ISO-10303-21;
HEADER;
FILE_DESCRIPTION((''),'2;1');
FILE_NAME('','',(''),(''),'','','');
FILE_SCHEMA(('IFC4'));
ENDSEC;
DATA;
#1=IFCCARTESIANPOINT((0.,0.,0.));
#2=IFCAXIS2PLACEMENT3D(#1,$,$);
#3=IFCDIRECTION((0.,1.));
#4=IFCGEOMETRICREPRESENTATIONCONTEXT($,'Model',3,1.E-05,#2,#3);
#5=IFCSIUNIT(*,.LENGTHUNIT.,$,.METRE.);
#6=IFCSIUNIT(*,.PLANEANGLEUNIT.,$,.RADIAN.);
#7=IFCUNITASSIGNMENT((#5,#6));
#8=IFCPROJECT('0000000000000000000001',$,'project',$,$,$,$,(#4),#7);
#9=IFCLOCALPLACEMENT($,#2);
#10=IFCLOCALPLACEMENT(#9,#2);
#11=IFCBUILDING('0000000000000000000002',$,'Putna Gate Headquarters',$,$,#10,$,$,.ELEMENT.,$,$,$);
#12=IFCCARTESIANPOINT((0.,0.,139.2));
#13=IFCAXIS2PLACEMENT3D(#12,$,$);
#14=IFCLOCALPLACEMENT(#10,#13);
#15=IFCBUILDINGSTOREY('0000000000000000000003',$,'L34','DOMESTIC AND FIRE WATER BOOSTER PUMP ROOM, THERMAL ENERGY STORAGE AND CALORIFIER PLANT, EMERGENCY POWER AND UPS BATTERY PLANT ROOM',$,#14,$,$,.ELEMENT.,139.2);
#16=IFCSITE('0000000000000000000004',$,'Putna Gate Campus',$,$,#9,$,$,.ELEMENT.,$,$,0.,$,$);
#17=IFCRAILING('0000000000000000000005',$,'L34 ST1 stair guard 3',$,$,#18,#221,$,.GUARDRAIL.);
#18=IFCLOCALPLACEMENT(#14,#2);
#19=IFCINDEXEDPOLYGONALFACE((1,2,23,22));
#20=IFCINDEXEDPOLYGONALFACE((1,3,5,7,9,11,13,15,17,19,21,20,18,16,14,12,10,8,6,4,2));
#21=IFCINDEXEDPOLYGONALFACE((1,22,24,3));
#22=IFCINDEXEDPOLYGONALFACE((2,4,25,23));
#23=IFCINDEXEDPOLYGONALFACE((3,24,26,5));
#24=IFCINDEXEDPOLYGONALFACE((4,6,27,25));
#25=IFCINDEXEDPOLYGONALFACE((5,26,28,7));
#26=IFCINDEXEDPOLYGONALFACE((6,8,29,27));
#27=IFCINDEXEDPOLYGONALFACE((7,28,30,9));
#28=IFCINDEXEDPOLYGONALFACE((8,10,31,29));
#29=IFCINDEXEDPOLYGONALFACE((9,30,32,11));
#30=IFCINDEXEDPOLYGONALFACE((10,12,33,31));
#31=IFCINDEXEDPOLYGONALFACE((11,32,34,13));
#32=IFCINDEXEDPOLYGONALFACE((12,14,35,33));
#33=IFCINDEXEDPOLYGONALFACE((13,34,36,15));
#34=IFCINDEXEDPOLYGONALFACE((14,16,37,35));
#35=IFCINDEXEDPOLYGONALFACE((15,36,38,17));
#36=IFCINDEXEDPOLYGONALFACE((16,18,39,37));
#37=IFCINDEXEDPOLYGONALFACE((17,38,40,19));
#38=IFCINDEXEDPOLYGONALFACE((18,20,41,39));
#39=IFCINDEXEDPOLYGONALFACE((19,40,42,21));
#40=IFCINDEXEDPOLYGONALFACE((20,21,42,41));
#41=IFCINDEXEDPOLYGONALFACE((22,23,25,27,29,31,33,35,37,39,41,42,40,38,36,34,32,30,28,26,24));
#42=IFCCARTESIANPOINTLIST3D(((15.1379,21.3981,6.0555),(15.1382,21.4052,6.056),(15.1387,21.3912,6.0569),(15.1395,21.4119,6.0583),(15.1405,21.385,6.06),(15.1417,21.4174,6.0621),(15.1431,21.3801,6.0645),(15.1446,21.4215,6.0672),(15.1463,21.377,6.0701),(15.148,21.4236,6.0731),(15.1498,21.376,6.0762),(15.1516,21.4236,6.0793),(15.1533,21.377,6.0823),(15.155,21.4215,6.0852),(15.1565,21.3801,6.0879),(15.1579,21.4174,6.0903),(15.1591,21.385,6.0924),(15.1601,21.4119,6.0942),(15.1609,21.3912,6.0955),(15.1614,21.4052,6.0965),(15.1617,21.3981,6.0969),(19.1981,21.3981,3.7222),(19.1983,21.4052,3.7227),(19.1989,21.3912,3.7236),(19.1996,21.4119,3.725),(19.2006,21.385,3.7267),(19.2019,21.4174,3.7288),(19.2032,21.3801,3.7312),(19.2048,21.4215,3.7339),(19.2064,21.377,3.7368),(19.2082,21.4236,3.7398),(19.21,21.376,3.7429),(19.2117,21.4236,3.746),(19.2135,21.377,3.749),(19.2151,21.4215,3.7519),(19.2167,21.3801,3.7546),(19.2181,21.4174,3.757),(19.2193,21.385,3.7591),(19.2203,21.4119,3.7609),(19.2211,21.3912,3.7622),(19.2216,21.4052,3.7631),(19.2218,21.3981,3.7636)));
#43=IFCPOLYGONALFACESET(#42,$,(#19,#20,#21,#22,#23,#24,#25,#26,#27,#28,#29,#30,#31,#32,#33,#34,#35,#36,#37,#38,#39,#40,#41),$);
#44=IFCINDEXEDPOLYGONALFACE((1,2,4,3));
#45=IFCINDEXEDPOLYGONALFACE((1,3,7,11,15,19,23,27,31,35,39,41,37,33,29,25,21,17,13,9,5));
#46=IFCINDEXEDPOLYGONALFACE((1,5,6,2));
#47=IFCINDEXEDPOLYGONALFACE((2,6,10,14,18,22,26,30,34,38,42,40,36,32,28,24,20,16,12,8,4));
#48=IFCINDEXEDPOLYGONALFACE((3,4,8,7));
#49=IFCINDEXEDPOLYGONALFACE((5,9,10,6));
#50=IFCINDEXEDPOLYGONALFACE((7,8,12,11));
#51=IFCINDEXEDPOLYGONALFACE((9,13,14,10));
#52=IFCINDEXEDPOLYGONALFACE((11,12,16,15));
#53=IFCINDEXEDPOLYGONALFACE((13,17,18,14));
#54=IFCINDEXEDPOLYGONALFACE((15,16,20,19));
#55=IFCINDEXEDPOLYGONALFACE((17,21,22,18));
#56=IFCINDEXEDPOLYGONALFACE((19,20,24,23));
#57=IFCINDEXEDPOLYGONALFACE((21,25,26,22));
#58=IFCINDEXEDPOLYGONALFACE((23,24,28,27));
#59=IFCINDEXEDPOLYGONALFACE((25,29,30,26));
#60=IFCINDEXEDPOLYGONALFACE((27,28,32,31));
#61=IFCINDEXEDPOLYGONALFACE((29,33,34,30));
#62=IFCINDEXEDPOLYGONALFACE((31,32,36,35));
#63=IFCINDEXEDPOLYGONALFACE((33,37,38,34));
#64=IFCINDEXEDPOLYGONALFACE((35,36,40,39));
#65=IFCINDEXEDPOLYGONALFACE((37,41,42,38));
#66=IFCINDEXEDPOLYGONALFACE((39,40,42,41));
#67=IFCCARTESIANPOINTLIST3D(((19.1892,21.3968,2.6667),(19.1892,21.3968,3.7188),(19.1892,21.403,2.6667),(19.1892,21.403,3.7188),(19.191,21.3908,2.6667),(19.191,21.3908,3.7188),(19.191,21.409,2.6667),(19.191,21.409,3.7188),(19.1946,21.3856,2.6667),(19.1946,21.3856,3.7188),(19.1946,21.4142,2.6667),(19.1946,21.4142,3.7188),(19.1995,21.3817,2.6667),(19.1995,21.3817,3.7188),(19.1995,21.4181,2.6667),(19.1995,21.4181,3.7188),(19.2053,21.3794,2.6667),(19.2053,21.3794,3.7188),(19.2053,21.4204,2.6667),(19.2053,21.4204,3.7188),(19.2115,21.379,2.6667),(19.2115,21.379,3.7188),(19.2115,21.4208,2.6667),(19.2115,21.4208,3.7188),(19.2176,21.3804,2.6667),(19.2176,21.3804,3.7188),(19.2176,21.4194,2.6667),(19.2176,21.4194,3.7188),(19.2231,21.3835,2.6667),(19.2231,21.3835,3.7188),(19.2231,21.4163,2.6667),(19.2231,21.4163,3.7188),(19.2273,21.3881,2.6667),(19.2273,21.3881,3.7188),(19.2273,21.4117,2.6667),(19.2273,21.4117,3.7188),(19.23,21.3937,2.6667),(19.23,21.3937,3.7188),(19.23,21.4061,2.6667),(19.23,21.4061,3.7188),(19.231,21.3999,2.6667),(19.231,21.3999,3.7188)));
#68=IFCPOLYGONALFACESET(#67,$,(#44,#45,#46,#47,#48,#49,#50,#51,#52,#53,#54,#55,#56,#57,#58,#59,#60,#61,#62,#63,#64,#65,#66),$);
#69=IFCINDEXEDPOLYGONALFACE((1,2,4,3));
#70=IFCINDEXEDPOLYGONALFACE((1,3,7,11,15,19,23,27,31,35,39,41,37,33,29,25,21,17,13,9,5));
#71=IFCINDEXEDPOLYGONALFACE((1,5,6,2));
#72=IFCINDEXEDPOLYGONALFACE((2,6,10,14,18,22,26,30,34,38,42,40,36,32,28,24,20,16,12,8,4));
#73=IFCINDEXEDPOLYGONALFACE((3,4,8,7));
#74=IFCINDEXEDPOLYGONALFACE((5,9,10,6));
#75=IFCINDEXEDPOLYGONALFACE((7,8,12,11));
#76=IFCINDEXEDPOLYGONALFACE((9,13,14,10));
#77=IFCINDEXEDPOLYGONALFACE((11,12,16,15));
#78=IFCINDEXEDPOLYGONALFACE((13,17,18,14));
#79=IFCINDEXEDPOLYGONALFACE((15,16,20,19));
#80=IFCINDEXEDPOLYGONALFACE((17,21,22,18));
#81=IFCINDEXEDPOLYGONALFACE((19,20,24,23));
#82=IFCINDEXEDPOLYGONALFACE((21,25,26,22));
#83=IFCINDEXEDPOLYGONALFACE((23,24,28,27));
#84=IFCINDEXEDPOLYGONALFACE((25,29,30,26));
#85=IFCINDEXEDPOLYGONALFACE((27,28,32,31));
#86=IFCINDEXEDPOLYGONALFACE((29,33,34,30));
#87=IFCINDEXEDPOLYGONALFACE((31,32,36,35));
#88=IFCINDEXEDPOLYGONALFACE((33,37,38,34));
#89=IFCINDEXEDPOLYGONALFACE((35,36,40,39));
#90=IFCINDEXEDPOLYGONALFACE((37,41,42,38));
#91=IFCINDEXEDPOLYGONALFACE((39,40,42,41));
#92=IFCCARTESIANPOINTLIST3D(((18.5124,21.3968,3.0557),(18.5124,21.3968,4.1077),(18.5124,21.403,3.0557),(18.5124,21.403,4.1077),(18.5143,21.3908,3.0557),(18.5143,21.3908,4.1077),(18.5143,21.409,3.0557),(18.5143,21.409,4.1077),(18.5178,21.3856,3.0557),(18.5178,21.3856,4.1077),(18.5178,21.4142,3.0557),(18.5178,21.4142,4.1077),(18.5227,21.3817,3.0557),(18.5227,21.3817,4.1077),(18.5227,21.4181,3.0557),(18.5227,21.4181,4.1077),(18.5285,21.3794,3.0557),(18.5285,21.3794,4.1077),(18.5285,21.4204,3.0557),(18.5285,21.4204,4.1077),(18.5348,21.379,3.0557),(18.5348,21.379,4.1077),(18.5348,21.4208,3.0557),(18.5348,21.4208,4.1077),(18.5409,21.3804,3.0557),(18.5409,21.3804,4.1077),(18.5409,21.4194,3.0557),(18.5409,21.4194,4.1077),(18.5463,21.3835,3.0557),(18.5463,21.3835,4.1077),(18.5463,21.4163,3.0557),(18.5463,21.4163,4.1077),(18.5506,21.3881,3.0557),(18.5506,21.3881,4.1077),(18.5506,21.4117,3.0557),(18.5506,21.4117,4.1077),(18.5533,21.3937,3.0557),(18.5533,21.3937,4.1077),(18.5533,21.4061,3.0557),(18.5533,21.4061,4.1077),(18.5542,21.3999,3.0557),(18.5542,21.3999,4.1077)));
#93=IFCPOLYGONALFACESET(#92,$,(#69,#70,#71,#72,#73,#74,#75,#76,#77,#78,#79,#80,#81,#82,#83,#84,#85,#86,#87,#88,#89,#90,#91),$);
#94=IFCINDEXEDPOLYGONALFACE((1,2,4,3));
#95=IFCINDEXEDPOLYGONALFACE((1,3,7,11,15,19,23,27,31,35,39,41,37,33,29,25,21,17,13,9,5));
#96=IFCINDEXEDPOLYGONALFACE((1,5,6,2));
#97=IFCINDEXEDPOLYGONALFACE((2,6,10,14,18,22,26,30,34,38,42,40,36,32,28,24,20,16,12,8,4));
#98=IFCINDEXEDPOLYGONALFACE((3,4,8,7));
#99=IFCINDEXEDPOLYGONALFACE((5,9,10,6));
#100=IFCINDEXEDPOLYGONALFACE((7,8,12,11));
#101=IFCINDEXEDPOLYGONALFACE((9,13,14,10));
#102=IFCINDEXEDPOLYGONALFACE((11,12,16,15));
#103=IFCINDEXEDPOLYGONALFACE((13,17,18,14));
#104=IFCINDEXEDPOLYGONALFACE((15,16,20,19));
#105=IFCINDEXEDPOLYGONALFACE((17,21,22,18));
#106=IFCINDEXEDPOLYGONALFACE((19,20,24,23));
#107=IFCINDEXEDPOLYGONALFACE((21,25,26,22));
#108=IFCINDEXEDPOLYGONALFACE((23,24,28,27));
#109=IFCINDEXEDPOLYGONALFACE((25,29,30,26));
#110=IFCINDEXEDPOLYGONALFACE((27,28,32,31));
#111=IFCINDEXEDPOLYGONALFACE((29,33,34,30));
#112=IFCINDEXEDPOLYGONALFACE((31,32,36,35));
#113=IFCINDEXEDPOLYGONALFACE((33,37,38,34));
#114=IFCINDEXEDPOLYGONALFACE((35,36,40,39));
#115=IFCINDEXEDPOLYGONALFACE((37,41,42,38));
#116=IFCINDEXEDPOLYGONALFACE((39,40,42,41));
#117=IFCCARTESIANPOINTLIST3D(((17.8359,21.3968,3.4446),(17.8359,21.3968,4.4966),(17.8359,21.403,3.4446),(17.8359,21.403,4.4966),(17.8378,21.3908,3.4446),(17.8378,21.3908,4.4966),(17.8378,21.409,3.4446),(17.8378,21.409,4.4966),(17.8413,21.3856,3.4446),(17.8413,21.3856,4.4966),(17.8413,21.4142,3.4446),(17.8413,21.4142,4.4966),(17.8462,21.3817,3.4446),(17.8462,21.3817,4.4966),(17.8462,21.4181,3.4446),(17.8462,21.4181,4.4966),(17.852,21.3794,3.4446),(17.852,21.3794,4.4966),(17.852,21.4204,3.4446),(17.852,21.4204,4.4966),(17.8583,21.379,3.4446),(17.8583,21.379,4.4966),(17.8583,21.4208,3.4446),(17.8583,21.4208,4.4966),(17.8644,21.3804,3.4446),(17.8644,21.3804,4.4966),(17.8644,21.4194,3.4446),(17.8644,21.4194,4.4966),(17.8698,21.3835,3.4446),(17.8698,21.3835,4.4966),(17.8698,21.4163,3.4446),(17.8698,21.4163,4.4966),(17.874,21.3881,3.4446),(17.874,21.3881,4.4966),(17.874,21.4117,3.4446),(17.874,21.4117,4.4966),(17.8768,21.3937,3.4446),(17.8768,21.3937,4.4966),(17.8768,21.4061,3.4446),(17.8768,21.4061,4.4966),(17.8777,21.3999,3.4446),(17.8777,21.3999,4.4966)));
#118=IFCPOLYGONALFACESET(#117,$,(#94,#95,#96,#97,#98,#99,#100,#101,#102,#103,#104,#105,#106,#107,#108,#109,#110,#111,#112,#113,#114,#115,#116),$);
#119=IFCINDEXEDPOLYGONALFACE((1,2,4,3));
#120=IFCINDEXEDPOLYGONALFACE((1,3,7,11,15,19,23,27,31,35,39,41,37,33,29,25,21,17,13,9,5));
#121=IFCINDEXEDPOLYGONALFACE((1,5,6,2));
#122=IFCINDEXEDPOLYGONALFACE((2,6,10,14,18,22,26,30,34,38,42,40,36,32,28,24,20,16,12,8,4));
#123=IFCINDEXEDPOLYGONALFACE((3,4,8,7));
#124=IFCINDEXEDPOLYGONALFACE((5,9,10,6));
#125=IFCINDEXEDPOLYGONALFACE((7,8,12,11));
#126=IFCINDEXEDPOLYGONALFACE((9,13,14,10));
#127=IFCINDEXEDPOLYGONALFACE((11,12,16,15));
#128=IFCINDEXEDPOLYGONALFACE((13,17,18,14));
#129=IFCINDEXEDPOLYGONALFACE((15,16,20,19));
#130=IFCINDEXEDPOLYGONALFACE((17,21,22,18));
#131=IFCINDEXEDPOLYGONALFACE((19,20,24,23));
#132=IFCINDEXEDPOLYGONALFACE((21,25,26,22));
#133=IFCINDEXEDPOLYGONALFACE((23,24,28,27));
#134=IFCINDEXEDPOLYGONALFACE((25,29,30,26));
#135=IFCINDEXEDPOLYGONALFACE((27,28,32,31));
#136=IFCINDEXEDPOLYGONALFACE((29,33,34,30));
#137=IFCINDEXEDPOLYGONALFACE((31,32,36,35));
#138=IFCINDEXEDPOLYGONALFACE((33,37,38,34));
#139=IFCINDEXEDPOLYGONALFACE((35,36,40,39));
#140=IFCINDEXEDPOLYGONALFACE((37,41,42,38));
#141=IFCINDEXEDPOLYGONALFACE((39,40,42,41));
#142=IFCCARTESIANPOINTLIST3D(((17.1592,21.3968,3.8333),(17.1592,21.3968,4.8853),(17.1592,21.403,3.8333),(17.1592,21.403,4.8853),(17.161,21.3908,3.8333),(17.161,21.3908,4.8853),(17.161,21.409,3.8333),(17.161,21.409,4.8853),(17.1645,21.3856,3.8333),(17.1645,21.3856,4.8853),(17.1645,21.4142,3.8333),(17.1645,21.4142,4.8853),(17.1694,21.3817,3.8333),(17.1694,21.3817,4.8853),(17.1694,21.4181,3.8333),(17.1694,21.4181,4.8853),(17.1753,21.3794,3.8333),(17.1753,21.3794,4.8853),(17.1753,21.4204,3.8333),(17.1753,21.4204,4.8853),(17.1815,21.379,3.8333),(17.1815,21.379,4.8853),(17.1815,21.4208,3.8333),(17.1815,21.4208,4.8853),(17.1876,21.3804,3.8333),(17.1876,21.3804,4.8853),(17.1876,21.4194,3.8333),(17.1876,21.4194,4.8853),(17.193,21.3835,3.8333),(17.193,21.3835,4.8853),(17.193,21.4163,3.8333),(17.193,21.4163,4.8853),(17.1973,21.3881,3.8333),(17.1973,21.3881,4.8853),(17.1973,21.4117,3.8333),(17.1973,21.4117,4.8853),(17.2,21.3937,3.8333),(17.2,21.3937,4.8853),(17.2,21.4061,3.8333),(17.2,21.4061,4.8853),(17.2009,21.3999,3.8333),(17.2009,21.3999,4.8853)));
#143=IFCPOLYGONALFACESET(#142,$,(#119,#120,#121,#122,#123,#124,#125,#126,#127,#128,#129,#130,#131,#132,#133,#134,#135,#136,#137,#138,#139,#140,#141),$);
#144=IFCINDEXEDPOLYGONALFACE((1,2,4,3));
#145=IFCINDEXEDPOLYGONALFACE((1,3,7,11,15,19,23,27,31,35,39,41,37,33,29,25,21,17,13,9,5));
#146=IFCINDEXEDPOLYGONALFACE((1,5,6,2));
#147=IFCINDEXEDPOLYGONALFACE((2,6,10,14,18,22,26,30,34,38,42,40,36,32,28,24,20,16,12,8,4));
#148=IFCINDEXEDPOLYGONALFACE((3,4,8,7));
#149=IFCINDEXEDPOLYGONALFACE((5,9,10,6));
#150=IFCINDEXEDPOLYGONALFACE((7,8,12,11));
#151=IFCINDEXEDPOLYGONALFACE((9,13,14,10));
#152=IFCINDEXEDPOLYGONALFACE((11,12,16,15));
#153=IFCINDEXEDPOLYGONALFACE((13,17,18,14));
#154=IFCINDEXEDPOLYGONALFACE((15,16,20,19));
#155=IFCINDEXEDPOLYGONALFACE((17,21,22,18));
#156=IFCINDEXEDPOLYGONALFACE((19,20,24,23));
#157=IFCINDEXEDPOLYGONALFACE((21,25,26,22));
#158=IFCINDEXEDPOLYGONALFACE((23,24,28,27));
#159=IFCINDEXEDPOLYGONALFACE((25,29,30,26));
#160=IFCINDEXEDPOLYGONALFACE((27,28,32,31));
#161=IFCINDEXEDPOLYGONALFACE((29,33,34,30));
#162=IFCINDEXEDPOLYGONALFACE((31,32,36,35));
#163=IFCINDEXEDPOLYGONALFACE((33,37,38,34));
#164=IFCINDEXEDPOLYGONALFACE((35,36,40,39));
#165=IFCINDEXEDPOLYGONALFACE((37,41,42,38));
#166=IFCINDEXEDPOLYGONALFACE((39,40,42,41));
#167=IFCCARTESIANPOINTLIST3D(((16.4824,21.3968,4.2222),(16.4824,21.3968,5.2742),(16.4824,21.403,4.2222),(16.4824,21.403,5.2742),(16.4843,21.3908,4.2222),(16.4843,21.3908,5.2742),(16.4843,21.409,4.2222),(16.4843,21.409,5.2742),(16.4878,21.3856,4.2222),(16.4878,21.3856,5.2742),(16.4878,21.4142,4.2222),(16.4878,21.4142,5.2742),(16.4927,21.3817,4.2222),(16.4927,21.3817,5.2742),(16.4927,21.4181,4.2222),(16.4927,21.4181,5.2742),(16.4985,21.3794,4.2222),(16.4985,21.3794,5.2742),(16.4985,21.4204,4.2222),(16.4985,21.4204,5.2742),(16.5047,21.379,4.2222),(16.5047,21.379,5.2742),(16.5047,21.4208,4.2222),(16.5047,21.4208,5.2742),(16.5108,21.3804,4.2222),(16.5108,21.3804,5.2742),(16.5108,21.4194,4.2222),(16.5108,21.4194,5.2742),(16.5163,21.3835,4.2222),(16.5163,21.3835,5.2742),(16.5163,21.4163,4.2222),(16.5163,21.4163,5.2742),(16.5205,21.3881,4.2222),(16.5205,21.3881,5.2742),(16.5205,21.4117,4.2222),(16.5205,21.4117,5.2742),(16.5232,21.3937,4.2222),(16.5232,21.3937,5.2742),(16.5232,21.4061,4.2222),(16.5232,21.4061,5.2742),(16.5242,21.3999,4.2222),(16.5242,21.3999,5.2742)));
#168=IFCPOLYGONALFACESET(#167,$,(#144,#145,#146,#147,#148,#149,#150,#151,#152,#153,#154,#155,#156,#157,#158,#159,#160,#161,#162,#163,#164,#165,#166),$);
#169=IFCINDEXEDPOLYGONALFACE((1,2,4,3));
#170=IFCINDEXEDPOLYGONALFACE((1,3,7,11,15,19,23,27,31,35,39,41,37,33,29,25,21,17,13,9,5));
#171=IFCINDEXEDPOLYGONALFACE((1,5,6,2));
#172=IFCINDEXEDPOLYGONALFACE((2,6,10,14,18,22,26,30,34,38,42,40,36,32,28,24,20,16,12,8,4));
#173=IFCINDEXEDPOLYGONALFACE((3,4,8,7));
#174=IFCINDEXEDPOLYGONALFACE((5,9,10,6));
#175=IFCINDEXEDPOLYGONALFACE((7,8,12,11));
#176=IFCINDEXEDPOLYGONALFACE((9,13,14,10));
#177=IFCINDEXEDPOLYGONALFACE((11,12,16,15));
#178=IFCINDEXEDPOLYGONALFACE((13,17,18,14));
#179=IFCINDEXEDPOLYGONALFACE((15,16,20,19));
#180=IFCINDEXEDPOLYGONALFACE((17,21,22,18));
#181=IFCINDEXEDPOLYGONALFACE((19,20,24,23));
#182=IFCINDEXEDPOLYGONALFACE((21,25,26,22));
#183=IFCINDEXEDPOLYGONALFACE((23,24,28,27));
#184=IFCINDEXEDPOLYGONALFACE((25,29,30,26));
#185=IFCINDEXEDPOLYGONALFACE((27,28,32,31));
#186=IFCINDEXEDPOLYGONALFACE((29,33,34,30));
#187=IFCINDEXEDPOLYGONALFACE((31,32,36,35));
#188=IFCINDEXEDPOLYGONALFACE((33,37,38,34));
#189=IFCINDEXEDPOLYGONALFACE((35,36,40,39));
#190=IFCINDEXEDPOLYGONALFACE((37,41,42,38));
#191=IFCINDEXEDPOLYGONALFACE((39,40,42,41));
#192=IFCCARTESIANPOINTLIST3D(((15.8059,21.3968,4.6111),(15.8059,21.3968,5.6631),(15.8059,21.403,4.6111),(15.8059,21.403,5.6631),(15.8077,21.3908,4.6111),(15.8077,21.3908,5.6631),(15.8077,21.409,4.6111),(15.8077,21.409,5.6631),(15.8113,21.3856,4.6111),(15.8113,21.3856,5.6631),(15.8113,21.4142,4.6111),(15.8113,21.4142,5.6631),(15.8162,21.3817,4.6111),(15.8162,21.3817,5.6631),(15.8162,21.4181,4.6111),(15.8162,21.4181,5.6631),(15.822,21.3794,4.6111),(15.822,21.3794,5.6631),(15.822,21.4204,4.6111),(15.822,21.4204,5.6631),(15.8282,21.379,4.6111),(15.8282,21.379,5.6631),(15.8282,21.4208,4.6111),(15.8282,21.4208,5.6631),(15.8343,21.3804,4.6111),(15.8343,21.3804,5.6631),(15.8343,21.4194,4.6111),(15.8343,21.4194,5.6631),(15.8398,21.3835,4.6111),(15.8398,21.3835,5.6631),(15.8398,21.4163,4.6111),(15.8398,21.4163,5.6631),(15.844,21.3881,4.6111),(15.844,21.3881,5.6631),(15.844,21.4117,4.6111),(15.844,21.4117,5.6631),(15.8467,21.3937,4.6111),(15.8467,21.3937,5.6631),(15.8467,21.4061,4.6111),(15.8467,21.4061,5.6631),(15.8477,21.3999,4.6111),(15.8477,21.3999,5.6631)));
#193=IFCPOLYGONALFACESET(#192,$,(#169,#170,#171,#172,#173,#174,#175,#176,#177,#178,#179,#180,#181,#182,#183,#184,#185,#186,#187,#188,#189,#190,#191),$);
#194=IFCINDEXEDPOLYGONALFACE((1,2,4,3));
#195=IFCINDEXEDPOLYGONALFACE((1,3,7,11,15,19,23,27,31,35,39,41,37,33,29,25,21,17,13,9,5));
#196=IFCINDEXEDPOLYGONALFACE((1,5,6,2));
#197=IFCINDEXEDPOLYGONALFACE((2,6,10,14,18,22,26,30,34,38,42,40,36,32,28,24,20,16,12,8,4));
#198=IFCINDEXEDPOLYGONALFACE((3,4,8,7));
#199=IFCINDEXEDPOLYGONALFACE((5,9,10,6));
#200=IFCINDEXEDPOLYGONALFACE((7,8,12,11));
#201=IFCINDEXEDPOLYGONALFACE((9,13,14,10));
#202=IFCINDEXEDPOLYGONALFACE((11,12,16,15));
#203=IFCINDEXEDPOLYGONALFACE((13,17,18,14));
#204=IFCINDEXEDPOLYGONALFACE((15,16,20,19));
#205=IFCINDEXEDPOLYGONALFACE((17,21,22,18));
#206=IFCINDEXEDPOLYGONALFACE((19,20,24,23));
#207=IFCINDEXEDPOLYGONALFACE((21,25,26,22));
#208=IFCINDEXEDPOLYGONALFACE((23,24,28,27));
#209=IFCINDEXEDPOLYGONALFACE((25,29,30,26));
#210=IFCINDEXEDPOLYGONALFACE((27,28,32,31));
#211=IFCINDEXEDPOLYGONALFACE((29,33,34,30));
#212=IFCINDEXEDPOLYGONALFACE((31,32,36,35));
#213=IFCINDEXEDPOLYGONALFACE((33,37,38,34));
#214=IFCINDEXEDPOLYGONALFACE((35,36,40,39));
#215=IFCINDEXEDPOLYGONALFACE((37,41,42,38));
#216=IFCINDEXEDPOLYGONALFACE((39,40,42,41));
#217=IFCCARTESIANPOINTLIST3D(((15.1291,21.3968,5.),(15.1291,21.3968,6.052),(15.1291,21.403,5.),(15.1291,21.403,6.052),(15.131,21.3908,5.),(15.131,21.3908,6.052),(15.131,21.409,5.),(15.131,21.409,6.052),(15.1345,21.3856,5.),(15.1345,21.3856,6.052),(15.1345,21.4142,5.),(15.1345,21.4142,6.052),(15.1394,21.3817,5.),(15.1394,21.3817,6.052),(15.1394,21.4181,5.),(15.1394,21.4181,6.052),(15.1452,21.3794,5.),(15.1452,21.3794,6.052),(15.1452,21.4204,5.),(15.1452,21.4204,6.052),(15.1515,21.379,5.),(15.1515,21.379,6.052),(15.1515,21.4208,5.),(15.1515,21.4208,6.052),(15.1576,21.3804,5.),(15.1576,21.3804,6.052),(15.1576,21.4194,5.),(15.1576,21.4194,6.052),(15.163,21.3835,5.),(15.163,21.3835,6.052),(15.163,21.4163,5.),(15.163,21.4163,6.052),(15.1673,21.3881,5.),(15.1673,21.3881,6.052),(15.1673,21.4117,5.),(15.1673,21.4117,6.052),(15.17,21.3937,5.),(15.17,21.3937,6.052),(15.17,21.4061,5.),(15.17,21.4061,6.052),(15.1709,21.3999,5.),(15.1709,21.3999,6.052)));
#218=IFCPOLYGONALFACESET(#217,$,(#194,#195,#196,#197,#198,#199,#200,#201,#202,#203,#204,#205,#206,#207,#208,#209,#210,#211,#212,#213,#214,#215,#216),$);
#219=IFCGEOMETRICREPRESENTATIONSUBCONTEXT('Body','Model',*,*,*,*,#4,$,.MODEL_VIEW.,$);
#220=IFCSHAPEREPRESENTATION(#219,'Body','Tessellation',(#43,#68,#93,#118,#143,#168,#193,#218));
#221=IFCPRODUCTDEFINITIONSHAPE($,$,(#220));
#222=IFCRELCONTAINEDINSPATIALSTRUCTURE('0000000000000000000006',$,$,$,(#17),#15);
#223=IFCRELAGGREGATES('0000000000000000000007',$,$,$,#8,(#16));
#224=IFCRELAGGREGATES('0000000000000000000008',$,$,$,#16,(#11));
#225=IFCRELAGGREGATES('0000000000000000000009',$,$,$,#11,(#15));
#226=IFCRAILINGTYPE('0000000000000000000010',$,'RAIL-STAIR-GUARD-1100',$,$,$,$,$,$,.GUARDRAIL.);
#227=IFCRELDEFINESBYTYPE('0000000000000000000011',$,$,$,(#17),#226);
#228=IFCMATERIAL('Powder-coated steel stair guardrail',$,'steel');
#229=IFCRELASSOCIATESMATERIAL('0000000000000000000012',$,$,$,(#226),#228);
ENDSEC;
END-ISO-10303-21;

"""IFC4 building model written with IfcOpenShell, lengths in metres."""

from ifc_helpers import new_model, si_unit, direction, frame, origin, origin_2d, place, context, subcontext, project, spatial, circle, extrude, material, type_object, element, save


model = new_model("IFC4")

# Units and contexts
model_context = context("Model", 3, precision=1e-05, world=origin(), true_north=direction((0.0, 1.0)))
body_context = subcontext(model_context, "Body", "Model", "MODEL_VIEW")
ifc_project = project(units=[si_unit("LENGTHUNIT", "METRE"), si_unit("PLANEANGLEUNIT", "RADIAN")], contexts=[model_context])

# Site, building, storey
site_placement = place(None, origin())
site = spatial("IfcSite", under=ifc_project, at=site_placement, Name="Putna Gate Campus", CompositionType="ELEMENT", RefElevation=0.0)
building_placement = place(site_placement, origin())
building = spatial("IfcBuilding", under=site, at=building_placement, Name="Putna Gate Headquarters", CompositionType="ELEMENT")
storey_placement = place(building_placement, frame((0.0, 0.0, 139.2)))
storey = spatial("IfcBuildingStorey", under=building, at=storey_placement, Name="L34", Description="DOMESTIC AND FIRE WATER BOOSTER PUMP ROOM, THERMAL ENERGY STORAGE AND CALORIFIER PLANT, EMERGENCY POWER AND UPS BATTERY PLANT ROOM", CompositionType="ELEMENT", Elevation=139.2)

# Railing
ifc_material_1 = material(Name="Powder-coated steel stair guardrail", Category="steel")
railing_type_1 = type_object("IfcRailingType", Name="RAIL-STAIR-GUARD-1100", PredefinedType="GUARDRAIL", material=ifc_material_1)
railing_1_placement = place(storey_placement, frame((19.21, 21.3999, 2.6667)))
element("IfcRailing", 1, at=railing_1_placement, inside=storey, type_object=railing_type_1, Name="L34 ST1 stair guard 3", PredefinedType="GUARDRAIL", context=body_context, shape_type="SweptSolid", body=[
    extrude(circle(Radius=0.0239, at=origin_2d()), frame((0.0, 0.0, 1.0762), z_axis=(-0.867025, 0.0, 0.498265), x_axis=(0.0, -1.0, 0.0)), (0.0, 0.0, 1.0), 4.6829),
    extrude(circle(Radius=0.021, at=origin_2d()), origin(), (0.0, 0.0, 1.0), 1.052),
    extrude(circle(Radius=0.021, at=origin_2d()), frame((-0.6768, 0.0, 0.3889)), (0.0, 0.0, 1.0), 1.052),
    extrude(circle(Radius=0.021, at=origin_2d()), frame((-1.3533, 0.0, 0.7778)), (0.0, 0.0, 1.0), 1.052),
    extrude(circle(Radius=0.021, at=origin_2d()), frame((-2.03, 0.0, 1.1665)), (0.0, 0.0, 1.0), 1.052),
    extrude(circle(Radius=0.021, at=origin_2d()), frame((-2.7068, 0.0, 1.5554)), (0.0, 0.0, 1.0), 1.052),
    extrude(circle(Radius=0.021, at=origin_2d()), frame((-3.3833, 0.0, 1.9443)), (0.0, 0.0, 1.0), 1.052),
    extrude(circle(Radius=0.021, at=origin_2d()), frame((-4.0601, 0.0, 2.3333)), (0.0, 0.0, 1.0), 1.052),
])

save(model, "model.ifc")
